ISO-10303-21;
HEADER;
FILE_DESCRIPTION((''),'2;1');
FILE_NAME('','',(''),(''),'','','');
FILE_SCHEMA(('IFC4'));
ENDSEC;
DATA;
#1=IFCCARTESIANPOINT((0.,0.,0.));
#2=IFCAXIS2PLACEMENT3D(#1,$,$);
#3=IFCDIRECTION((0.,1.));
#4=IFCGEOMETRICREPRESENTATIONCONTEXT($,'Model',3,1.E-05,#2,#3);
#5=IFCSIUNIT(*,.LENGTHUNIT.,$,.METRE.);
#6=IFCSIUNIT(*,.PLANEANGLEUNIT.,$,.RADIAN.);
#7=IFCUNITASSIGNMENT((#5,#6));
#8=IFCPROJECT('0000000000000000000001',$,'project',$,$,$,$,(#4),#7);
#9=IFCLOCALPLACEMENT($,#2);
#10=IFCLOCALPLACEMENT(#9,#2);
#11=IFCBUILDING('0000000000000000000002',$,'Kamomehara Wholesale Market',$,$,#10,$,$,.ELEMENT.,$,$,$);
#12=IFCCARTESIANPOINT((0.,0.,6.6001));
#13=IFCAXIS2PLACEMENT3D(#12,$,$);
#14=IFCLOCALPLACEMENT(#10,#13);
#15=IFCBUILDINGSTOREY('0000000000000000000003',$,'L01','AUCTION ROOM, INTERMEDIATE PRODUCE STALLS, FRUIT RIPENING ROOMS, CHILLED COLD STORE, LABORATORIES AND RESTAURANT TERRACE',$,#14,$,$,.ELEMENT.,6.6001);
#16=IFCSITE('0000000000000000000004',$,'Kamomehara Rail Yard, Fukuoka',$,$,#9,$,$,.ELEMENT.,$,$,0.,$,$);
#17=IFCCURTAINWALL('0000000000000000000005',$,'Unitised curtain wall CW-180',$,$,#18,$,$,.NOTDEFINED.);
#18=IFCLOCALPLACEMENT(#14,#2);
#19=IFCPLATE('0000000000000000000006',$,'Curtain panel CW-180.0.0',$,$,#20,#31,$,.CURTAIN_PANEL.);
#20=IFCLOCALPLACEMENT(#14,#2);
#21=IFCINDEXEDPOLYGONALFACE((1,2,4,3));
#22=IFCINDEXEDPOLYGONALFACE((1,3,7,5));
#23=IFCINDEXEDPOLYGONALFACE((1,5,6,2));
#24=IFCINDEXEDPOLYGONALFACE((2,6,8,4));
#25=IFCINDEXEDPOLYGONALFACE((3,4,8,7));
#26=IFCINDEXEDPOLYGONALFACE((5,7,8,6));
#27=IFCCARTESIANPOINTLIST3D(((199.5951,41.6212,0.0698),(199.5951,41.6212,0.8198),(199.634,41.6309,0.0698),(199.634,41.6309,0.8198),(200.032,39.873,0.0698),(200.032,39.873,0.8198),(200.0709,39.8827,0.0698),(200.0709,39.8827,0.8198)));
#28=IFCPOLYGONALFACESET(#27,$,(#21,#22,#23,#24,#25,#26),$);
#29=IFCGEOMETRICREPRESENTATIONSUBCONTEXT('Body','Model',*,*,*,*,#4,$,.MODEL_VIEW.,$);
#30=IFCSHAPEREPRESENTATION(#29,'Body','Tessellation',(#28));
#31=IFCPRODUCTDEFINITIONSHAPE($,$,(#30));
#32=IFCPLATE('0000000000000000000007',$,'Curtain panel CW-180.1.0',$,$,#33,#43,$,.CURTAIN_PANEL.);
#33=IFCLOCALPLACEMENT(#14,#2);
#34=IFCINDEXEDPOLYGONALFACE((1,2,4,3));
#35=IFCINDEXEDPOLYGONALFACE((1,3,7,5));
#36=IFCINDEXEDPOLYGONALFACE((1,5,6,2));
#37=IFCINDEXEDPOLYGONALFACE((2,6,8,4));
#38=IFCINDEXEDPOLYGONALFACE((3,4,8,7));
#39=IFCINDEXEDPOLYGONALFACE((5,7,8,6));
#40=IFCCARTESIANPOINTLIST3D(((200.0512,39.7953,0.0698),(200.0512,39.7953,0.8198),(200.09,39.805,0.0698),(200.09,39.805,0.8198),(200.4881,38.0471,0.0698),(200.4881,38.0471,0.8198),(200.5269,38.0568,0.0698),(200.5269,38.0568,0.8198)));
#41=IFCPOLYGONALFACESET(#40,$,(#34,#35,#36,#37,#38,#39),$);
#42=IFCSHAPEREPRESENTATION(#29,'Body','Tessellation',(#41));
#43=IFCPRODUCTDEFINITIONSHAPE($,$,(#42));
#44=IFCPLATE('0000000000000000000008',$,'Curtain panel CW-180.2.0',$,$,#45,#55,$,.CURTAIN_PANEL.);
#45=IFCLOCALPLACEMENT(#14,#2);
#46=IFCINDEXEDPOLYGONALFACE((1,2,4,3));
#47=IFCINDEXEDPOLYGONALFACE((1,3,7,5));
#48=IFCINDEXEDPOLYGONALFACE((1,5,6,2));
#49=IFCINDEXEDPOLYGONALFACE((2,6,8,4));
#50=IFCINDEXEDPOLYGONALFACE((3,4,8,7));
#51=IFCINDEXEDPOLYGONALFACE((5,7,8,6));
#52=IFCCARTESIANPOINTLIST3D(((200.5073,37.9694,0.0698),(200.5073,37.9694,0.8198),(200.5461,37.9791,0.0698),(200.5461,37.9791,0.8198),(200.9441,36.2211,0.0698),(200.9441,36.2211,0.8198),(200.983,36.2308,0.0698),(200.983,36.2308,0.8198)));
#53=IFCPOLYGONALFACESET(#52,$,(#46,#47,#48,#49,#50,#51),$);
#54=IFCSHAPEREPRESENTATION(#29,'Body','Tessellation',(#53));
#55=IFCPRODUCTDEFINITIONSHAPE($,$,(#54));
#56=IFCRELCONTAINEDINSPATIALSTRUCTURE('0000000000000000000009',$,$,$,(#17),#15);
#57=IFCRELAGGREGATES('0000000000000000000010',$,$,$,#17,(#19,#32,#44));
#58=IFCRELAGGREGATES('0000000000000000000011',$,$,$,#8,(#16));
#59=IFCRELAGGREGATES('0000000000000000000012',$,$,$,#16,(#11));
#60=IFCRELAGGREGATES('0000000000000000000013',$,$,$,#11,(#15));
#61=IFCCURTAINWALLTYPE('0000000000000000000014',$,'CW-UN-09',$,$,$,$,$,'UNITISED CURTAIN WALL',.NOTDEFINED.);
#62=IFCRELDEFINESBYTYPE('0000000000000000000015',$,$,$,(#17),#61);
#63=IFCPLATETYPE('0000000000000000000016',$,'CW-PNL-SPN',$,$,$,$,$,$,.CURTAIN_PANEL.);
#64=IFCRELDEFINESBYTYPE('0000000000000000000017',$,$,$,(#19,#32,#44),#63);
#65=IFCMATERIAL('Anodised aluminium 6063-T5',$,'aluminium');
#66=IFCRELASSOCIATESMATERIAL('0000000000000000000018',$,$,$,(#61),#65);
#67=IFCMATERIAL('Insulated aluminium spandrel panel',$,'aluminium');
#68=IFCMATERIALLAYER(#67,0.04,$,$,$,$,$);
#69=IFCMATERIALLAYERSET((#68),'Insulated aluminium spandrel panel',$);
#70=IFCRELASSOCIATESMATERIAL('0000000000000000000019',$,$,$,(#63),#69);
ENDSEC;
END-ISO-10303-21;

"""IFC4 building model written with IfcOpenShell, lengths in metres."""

from ifc_helpers import new_model, si_unit, direction, frame, origin, origin_2d, place, context, subcontext, project, spatial, rectangle, extrude, material, layer, layer_set, type_object, element, aggregate, save


model = new_model("IFC4")

# Units and contexts
model_context = context("Model", 3, precision=1e-05, world=origin(), true_north=direction((0.0, 1.0)))
body_context = subcontext(model_context, "Body", "Model", "MODEL_VIEW")
ifc_project = project(units=[si_unit("LENGTHUNIT", "METRE"), si_unit("PLANEANGLEUNIT", "RADIAN")], contexts=[model_context])

# Site, building, storey
site_placement = place(None, origin())
site = spatial("IfcSite", under=ifc_project, at=site_placement, Name="Kamomehara Rail Yard, Fukuoka", CompositionType="ELEMENT", RefElevation=0.0)
building_placement = place(site_placement, origin())
building = spatial("IfcBuilding", under=site, at=building_placement, Name="Kamomehara Wholesale Market", CompositionType="ELEMENT")
storey_placement = place(building_placement, frame((0.0, 0.0, 6.6001)))
storey = spatial("IfcBuildingStorey", under=building, at=storey_placement, Name="L01", Description="AUCTION ROOM, INTERMEDIATE PRODUCE STALLS, FRUIT RIPENING ROOMS, CHILLED COLD STORE, LABORATORIES AND RESTAURANT TERRACE", CompositionType="ELEMENT", Elevation=6.6001)

# Curtain wall
ifc_material_1 = material(Name="Anodised aluminium 6063-T5", Category="aluminium")
curtain_wall_type = type_object("IfcCurtainWallType", Name="CW-UN-09", ElementType="UNITISED CURTAIN WALL", PredefinedType="NOTDEFINED", material=ifc_material_1)
curtain_wall_1_placement = place(storey_placement, origin())
curtain_wall_1 = element("IfcCurtainWall", 1, at=curtain_wall_1_placement, inside=storey, type_object=curtain_wall_type, Name="Unitised curtain wall CW-180", PredefinedType="NOTDEFINED")

# Plates
ifc_material_2 = material(Name="Insulated aluminium spandrel panel", Category="aluminium")
ifc_layer_1 = layer(ifc_material_2, 0.04)
ifc_layer_set_1 = layer_set([ifc_layer_1], Name="Insulated aluminium spandrel panel")
plate_type_1 = type_object("IfcPlateType", Name="CW-PNL-SPN", PredefinedType="CURTAIN_PANEL", material=ifc_layer_set_1)
plate_1_placement = place(storey_placement, frame((199.833, 40.752, 0.0698), z_axis=(0.0, 0.0, 1.0), x_axis=(0.242447, -0.970165, 0.0)))
plate_1 = element("IfcPlate", 2, at=plate_1_placement, type_object=plate_type_1, Name="Curtain panel CW-180.0.0", PredefinedType="CURTAIN_PANEL", context=body_context, shape_type="SweptSolid", body=[
    extrude(rectangle(XDim=1.802, YDim=0.04, at=origin_2d()), origin(), (0.0, 0.0, 1.0), 0.75),
])
plate_2_placement = place(storey_placement, frame((200.2891, 38.926, 0.0698), z_axis=(0.0, 0.0, 1.0), x_axis=(0.242447, -0.970165, 0.0)))
plate_2 = element("IfcPlate", 3, at=plate_2_placement, type_object=plate_type_1, Name="Curtain panel CW-180.1.0", PredefinedType="CURTAIN_PANEL", context=body_context, shape_type="SweptSolid", body=[
    extrude(rectangle(XDim=1.802, YDim=0.04, at=origin_2d()), origin(), (0.0, 0.0, 1.0), 0.75),
])
plate_3_placement = place(storey_placement, frame((200.7451, 37.1001, 0.0698), z_axis=(0.0, 0.0, 1.0), x_axis=(0.242447, -0.970165, 0.0)))
plate_3 = element("IfcPlate", 4, at=plate_3_placement, type_object=plate_type_1, Name="Curtain panel CW-180.2.0", PredefinedType="CURTAIN_PANEL", context=body_context, shape_type="SweptSolid", body=[
    extrude(rectangle(XDim=1.802, YDim=0.04, at=origin_2d()), origin(), (0.0, 0.0, 1.0), 0.75),
])
aggregate(curtain_wall_1, [plate_1, plate_2, plate_3])

save(model, "model.ifc")
